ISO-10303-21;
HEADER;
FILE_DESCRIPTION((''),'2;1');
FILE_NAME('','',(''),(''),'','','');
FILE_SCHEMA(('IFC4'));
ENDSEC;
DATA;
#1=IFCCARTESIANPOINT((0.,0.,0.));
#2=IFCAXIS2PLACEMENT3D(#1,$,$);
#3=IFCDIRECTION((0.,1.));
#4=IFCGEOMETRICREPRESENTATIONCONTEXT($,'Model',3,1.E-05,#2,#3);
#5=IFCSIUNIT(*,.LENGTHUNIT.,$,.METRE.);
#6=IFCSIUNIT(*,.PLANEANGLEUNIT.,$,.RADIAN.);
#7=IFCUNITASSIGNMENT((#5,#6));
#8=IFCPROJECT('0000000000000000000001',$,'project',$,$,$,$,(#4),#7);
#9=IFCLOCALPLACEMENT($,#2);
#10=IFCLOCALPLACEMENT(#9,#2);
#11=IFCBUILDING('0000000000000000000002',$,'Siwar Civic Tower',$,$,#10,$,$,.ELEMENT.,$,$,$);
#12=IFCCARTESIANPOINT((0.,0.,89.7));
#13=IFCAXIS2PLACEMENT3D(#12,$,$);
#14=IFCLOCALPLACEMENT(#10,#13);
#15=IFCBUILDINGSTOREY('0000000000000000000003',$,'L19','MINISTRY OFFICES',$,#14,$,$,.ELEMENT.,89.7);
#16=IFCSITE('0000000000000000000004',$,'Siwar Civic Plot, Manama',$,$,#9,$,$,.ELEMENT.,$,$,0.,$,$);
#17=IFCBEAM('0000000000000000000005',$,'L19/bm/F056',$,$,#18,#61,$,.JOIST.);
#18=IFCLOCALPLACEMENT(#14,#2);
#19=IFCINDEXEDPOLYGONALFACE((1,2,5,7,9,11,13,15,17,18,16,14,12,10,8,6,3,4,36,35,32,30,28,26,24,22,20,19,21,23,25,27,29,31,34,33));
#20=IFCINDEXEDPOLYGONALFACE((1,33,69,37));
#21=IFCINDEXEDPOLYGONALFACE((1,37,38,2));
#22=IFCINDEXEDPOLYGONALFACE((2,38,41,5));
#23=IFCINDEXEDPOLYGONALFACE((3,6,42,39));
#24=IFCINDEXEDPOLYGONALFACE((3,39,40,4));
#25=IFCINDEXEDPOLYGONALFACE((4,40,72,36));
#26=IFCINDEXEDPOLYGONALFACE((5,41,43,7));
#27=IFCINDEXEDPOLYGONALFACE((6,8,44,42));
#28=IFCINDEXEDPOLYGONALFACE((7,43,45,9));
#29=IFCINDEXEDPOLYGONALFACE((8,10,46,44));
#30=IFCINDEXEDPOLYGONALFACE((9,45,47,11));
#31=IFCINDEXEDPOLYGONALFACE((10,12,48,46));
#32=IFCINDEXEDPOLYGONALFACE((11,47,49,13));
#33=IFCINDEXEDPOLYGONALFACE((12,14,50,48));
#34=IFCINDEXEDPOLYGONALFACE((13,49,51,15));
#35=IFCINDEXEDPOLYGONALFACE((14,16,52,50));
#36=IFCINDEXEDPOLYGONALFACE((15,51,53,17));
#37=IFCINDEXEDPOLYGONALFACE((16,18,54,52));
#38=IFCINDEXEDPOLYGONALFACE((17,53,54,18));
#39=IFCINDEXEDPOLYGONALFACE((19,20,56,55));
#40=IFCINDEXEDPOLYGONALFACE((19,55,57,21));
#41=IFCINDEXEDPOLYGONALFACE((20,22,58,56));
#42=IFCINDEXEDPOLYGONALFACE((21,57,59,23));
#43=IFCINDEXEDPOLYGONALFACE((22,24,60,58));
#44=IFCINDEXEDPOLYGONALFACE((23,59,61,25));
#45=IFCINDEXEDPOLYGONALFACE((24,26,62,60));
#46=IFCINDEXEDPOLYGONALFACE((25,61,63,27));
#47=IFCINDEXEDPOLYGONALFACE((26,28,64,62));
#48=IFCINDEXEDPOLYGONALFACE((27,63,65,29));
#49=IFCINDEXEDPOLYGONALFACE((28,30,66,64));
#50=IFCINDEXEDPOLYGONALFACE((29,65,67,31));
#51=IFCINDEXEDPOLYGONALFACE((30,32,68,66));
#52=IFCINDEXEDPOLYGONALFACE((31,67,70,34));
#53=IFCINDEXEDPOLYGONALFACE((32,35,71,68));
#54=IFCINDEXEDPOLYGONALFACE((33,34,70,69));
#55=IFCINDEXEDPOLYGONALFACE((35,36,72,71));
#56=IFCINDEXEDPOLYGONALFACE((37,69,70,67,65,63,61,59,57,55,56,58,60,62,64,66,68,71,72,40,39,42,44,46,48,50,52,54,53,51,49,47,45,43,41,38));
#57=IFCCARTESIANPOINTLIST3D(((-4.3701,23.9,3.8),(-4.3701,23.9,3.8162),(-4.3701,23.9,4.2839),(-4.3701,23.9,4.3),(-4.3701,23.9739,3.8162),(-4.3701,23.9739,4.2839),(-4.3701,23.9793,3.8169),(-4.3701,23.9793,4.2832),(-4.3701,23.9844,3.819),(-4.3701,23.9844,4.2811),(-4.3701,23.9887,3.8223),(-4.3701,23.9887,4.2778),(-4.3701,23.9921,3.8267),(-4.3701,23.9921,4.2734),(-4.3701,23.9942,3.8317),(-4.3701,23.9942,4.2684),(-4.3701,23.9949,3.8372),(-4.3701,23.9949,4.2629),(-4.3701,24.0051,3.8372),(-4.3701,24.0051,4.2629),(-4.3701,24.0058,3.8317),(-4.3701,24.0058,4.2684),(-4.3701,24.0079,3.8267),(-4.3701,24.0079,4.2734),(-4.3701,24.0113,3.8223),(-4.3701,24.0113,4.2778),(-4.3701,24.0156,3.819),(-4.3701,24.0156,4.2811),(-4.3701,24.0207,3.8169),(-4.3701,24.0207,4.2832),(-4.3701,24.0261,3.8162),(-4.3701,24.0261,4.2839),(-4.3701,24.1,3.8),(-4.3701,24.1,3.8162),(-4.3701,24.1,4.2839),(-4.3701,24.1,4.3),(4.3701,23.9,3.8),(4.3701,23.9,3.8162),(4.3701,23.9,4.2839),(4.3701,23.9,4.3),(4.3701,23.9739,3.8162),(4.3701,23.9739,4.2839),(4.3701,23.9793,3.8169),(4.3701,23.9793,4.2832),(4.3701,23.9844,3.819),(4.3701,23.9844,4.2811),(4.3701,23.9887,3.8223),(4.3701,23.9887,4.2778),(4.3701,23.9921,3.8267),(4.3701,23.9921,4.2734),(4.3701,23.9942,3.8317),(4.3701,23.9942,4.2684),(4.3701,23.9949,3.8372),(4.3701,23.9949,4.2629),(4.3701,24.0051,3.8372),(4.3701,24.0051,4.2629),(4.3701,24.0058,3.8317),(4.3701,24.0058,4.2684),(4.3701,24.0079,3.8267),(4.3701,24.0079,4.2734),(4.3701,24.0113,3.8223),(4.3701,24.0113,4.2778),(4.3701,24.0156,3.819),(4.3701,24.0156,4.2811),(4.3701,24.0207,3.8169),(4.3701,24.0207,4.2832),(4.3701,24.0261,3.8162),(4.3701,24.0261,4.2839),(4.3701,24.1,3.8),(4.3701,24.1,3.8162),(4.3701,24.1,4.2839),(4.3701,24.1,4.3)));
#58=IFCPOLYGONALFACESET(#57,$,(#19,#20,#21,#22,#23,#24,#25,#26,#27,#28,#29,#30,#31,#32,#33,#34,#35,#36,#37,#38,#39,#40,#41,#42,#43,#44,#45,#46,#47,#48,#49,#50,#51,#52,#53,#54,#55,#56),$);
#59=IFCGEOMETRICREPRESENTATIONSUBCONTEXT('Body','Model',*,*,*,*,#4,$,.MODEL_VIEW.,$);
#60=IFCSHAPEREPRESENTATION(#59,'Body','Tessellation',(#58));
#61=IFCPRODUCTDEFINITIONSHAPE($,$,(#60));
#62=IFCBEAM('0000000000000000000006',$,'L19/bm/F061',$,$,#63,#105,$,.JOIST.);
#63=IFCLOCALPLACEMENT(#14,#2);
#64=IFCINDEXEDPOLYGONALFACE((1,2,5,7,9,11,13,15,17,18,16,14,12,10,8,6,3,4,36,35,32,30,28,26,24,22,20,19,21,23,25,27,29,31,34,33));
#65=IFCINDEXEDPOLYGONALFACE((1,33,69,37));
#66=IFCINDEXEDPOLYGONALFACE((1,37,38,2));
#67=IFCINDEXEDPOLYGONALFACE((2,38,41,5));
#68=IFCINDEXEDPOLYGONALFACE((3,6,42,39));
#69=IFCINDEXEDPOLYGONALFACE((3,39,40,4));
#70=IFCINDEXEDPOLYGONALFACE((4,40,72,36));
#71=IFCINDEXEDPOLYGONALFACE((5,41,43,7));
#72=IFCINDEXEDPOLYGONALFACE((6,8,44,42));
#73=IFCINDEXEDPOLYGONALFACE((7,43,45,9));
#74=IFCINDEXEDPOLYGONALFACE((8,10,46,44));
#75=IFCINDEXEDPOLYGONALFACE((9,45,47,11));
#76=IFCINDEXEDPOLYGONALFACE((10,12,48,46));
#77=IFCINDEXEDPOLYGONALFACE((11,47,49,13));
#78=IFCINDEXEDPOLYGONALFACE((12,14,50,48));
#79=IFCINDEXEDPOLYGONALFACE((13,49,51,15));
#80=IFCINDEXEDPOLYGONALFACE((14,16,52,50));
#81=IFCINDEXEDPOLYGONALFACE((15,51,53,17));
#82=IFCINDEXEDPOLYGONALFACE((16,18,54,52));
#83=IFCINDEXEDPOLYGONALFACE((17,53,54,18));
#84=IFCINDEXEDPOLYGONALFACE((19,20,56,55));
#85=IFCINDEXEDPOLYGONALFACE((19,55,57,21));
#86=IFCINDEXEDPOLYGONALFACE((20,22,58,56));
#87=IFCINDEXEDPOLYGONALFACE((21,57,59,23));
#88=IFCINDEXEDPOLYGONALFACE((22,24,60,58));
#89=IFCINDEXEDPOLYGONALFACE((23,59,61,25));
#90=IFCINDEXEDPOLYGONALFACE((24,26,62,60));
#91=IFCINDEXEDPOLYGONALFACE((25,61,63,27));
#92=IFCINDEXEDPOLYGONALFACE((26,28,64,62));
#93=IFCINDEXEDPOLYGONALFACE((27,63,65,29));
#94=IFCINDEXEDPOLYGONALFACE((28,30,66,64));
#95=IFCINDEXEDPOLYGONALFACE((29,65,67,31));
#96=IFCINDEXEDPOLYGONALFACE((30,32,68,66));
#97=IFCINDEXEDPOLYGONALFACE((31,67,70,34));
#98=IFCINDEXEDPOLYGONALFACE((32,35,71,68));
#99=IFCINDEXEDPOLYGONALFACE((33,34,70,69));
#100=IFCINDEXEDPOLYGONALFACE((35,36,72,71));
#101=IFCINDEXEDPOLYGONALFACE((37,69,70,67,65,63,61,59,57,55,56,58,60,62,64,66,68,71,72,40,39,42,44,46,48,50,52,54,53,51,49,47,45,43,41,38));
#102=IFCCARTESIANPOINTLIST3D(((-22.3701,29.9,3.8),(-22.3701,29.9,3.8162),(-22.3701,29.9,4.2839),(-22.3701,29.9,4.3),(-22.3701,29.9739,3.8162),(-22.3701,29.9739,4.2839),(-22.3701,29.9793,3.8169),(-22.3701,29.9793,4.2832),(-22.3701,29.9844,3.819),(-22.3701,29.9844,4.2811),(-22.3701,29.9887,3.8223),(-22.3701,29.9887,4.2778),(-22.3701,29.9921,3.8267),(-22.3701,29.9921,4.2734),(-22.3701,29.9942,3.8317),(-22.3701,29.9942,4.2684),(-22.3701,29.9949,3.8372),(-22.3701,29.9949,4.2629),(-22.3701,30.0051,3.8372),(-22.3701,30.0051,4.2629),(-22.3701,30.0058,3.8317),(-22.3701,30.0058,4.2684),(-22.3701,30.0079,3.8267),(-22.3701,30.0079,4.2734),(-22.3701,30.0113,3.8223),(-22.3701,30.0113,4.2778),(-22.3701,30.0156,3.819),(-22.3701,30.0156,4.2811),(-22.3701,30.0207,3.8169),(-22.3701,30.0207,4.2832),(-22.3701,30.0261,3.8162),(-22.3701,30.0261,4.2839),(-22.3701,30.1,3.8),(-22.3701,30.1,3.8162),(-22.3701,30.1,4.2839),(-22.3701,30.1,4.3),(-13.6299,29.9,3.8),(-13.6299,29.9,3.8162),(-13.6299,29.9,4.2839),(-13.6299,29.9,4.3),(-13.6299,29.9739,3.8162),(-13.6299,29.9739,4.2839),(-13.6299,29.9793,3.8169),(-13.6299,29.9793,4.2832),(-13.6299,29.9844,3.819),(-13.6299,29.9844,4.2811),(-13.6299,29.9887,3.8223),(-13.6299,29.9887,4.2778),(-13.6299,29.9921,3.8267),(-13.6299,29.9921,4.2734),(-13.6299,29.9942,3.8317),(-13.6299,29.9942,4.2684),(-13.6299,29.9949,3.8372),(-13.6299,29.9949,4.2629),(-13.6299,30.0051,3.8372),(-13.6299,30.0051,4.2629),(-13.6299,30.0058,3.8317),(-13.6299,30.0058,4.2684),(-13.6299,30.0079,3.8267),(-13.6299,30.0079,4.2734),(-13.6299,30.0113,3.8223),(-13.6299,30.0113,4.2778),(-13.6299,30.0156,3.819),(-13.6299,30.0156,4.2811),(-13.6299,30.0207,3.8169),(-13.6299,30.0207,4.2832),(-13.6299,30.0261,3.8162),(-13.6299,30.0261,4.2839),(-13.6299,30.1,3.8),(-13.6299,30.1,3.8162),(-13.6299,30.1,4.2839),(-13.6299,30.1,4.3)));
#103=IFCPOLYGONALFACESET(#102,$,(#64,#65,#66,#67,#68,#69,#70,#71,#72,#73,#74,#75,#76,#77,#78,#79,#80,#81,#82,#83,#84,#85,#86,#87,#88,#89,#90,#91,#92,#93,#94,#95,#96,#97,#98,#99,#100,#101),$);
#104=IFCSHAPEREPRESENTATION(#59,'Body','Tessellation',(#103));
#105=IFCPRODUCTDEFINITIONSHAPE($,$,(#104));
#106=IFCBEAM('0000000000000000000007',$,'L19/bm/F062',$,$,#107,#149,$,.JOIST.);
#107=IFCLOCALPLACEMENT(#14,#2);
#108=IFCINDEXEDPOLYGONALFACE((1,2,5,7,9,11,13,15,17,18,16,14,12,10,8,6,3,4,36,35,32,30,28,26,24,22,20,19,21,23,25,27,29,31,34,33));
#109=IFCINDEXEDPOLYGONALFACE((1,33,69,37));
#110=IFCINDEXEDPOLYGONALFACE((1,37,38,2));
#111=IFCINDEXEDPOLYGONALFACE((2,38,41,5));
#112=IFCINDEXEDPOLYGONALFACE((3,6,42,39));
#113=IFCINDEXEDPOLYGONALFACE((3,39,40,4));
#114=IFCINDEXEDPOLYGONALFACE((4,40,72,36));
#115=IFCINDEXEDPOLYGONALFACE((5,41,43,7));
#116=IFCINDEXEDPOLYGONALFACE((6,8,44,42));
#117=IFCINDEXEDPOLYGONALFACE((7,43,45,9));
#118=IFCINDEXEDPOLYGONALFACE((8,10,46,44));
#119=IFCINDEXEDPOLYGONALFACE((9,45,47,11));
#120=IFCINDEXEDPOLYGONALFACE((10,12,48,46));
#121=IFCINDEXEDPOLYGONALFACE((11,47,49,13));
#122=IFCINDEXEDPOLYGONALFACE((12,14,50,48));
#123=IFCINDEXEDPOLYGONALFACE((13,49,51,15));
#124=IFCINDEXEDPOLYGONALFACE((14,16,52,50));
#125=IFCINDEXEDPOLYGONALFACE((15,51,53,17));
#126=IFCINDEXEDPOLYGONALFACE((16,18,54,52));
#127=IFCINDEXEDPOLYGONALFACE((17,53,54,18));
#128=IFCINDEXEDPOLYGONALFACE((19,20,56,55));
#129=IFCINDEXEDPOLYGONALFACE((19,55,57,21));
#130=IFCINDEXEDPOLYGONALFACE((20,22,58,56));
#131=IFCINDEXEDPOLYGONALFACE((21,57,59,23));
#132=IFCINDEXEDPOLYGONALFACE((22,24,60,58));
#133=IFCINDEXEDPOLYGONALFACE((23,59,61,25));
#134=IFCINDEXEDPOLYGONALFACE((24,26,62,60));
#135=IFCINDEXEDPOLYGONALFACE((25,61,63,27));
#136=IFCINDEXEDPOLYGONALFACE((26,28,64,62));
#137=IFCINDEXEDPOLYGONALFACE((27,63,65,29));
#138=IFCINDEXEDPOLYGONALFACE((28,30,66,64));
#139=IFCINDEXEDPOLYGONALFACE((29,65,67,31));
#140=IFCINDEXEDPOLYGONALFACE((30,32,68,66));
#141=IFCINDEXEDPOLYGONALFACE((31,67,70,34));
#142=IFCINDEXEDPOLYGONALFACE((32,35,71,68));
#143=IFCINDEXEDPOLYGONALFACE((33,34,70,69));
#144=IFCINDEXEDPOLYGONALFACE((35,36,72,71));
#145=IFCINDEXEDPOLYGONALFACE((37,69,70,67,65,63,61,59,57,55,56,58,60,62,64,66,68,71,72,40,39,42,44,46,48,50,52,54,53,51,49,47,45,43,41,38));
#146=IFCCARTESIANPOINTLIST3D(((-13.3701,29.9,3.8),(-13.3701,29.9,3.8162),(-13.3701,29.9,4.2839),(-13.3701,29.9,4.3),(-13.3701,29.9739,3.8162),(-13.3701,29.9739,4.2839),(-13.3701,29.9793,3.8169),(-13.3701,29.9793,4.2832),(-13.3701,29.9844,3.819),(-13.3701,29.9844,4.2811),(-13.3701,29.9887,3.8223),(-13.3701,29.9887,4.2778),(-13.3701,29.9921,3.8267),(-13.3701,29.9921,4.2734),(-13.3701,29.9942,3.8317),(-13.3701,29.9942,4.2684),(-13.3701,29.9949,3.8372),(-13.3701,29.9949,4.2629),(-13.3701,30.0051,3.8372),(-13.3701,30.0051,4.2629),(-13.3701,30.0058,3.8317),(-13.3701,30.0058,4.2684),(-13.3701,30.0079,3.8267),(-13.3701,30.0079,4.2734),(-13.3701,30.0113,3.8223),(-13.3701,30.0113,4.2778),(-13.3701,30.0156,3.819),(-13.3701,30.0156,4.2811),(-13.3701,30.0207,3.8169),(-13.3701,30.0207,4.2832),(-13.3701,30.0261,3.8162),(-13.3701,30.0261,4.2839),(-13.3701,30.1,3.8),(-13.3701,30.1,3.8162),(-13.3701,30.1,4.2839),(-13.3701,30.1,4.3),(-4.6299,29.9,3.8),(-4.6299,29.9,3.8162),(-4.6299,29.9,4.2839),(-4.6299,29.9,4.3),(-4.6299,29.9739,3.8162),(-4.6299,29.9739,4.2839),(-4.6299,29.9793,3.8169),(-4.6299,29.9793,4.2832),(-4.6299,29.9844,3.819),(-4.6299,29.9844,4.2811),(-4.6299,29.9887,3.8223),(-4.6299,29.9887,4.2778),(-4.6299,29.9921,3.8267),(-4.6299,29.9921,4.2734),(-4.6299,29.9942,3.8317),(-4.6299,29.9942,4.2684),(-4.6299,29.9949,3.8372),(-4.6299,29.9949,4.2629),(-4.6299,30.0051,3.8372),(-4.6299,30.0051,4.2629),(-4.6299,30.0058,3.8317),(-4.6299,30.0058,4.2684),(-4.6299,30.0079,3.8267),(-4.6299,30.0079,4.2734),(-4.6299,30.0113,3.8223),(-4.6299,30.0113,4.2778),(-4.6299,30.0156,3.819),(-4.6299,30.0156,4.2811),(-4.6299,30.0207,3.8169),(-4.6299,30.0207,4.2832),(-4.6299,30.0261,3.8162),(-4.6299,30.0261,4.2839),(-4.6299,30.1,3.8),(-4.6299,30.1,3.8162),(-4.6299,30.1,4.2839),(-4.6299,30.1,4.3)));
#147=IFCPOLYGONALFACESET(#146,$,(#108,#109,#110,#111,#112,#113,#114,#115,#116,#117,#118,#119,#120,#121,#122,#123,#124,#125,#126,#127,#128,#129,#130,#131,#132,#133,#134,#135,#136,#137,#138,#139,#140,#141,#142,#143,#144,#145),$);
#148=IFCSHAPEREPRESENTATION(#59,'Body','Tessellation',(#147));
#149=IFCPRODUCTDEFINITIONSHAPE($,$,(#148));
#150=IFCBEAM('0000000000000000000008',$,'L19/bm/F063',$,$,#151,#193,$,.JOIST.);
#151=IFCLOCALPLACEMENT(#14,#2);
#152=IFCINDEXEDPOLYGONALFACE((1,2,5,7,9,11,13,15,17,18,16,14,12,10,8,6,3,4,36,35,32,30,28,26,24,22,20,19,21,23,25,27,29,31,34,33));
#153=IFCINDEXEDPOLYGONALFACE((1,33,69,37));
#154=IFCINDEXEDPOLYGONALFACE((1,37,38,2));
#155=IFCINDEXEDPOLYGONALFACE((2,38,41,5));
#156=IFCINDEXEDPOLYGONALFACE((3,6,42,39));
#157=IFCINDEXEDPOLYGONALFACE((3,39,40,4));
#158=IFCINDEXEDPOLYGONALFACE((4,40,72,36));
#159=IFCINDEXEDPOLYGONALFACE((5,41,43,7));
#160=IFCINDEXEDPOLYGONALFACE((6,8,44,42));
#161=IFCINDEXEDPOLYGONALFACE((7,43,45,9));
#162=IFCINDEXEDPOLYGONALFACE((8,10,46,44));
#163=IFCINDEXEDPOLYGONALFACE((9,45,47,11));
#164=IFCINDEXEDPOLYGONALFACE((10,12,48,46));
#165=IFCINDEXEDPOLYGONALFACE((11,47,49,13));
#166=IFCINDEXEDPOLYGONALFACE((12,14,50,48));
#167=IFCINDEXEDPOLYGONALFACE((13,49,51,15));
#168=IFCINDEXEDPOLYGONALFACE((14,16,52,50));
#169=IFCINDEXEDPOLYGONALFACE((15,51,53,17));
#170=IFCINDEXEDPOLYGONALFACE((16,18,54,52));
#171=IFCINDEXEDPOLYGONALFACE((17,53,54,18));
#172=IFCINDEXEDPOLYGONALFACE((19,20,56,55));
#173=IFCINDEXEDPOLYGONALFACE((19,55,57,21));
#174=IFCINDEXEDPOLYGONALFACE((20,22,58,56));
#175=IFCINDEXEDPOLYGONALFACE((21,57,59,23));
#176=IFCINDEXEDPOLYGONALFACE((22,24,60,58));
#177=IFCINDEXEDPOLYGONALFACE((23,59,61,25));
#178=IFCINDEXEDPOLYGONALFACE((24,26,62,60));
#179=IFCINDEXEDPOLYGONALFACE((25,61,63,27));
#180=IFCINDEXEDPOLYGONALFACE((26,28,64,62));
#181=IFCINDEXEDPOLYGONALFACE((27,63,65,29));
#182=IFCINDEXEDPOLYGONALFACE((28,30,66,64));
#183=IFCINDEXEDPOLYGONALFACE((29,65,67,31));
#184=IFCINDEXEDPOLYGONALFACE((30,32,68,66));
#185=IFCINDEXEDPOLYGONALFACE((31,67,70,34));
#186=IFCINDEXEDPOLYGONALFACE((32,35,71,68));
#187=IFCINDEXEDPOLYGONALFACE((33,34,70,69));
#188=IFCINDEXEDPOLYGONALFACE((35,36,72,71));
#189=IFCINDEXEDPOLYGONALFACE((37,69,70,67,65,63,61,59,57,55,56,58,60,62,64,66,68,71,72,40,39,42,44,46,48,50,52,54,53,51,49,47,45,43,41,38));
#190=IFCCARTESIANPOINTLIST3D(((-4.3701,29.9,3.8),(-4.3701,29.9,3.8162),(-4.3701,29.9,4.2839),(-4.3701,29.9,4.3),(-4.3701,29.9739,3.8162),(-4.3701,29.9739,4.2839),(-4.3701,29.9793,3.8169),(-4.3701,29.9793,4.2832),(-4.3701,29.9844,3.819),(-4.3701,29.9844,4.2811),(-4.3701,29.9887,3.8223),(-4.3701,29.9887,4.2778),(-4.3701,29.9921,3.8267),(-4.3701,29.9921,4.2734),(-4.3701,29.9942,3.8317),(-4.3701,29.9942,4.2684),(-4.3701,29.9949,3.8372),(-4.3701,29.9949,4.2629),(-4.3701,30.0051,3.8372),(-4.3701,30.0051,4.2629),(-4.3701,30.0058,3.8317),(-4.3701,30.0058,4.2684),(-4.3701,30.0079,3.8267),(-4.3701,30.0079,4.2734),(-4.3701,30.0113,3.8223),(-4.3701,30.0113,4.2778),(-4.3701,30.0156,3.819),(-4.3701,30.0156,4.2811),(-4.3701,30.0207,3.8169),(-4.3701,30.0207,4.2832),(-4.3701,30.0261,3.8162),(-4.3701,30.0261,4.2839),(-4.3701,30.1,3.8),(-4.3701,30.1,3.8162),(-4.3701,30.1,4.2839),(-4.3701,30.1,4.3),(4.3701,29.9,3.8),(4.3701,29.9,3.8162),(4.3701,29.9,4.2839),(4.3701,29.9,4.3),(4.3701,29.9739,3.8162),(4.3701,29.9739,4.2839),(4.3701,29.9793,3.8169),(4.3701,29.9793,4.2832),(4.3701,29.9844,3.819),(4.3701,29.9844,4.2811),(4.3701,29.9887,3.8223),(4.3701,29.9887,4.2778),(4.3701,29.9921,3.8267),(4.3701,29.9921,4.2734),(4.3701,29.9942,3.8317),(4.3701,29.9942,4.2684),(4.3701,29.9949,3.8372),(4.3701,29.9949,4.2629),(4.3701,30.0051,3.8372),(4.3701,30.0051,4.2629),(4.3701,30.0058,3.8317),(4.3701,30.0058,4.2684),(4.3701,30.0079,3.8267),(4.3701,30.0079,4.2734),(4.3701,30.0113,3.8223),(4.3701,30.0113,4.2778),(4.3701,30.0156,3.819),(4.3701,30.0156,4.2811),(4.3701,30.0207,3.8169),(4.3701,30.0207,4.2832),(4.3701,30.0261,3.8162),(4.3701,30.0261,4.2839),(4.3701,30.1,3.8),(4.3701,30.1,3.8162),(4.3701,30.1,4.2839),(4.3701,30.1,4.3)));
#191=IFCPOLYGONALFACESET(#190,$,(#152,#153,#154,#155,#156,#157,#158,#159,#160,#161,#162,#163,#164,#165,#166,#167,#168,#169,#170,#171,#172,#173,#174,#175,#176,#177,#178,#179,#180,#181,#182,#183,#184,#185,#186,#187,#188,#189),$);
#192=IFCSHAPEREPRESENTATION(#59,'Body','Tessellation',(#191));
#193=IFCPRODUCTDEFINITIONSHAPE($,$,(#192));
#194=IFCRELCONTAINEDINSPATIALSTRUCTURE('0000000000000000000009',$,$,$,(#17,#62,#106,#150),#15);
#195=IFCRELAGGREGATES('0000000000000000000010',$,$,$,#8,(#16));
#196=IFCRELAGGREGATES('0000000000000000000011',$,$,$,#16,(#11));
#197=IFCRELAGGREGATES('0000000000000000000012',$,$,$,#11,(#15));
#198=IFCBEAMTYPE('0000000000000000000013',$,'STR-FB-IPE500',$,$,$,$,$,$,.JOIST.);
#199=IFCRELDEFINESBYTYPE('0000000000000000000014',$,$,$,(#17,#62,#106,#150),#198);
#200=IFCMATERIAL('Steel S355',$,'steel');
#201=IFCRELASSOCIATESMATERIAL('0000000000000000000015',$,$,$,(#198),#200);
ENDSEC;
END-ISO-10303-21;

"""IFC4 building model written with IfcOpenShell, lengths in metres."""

from ifc_helpers import new_model, si_unit, direction, frame, origin, origin_2d, place, context, subcontext, project, spatial, i_section, extrude, material, material_profile, profile_set, type_object, element, save


model = new_model("IFC4")

# Units and contexts
model_context = context("Model", 3, precision=1e-05, world=origin(), true_north=direction((0.0, 1.0)))
body_context = subcontext(model_context, "Body", "Model", "MODEL_VIEW")
ifc_project = project(units=[si_unit("LENGTHUNIT", "METRE"), si_unit("PLANEANGLEUNIT", "RADIAN")], contexts=[model_context])

# Site, building, storey
site_placement = place(None, origin())
site = spatial("IfcSite", under=ifc_project, at=site_placement, Name="Siwar Civic Plot, Manama", CompositionType="ELEMENT", RefElevation=0.0)
building_placement = place(site_placement, origin())
building = spatial("IfcBuilding", under=site, at=building_placement, Name="Siwar Civic Tower", CompositionType="ELEMENT")
storey_placement = place(building_placement, frame((0.0, 0.0, 89.7)))
storey = spatial("IfcBuildingStorey", under=building, at=storey_placement, Name="L19", Description="MINISTRY OFFICES", CompositionType="ELEMENT", Elevation=89.7)

# Beams
ifc_material_1 = material(Name="Steel S355", Category="steel")
ifc_material_profile_1 = material_profile(ifc_material_1, i_section(OverallWidth=0.2, OverallDepth=0.5, WebThickness=0.0103, FlangeThickness=0.0161, FilletRadius=0.021, at=origin_2d()), Name="IPE500")
ifc_profile_set_1 = profile_set([ifc_material_profile_1], Name="Steel S355")
beam_type_1 = type_object("IfcBeamType", Name="STR-FB-IPE500", PredefinedType="JOIST", material=ifc_profile_set_1)
for number, where, z_axis, x_axis, name in (
    (1, (-4.3701, 24.0, 4.05), (1.0, 0.0, 0.0), (0.0, 1.0, 0.0), "L19/bm/F056"),
    (2, (-22.3701, 30.0, 4.05), (1.0, 0.0, 0.0), (0.0, 1.0, 0.0), "L19/bm/F061"),
    (3, (-13.3701, 30.0, 4.05), (1.0, 0.0, 0.0), (0.0, 1.0, 0.0), "L19/bm/F062"),
    (4, (-4.3701, 30.0, 4.05), (1.0, 0.0, 0.0), (0.0, 1.0, 0.0), "L19/bm/F063"),
):
    element("IfcBeam", number, at=place(storey_placement, frame(where, z_axis=z_axis, x_axis=x_axis)), inside=storey, type_object=beam_type_1, Name=name, PredefinedType="JOIST", context=body_context, shape_type="SweptSolid", body=[
        extrude(i_section(OverallWidth=0.2, OverallDepth=0.5, WebThickness=0.0103, FlangeThickness=0.0161, FilletRadius=0.021, at=origin_2d()), origin(), (0.0, 0.0, 1.0), 8.7402),
    ])

save(model, "model.ifc")
